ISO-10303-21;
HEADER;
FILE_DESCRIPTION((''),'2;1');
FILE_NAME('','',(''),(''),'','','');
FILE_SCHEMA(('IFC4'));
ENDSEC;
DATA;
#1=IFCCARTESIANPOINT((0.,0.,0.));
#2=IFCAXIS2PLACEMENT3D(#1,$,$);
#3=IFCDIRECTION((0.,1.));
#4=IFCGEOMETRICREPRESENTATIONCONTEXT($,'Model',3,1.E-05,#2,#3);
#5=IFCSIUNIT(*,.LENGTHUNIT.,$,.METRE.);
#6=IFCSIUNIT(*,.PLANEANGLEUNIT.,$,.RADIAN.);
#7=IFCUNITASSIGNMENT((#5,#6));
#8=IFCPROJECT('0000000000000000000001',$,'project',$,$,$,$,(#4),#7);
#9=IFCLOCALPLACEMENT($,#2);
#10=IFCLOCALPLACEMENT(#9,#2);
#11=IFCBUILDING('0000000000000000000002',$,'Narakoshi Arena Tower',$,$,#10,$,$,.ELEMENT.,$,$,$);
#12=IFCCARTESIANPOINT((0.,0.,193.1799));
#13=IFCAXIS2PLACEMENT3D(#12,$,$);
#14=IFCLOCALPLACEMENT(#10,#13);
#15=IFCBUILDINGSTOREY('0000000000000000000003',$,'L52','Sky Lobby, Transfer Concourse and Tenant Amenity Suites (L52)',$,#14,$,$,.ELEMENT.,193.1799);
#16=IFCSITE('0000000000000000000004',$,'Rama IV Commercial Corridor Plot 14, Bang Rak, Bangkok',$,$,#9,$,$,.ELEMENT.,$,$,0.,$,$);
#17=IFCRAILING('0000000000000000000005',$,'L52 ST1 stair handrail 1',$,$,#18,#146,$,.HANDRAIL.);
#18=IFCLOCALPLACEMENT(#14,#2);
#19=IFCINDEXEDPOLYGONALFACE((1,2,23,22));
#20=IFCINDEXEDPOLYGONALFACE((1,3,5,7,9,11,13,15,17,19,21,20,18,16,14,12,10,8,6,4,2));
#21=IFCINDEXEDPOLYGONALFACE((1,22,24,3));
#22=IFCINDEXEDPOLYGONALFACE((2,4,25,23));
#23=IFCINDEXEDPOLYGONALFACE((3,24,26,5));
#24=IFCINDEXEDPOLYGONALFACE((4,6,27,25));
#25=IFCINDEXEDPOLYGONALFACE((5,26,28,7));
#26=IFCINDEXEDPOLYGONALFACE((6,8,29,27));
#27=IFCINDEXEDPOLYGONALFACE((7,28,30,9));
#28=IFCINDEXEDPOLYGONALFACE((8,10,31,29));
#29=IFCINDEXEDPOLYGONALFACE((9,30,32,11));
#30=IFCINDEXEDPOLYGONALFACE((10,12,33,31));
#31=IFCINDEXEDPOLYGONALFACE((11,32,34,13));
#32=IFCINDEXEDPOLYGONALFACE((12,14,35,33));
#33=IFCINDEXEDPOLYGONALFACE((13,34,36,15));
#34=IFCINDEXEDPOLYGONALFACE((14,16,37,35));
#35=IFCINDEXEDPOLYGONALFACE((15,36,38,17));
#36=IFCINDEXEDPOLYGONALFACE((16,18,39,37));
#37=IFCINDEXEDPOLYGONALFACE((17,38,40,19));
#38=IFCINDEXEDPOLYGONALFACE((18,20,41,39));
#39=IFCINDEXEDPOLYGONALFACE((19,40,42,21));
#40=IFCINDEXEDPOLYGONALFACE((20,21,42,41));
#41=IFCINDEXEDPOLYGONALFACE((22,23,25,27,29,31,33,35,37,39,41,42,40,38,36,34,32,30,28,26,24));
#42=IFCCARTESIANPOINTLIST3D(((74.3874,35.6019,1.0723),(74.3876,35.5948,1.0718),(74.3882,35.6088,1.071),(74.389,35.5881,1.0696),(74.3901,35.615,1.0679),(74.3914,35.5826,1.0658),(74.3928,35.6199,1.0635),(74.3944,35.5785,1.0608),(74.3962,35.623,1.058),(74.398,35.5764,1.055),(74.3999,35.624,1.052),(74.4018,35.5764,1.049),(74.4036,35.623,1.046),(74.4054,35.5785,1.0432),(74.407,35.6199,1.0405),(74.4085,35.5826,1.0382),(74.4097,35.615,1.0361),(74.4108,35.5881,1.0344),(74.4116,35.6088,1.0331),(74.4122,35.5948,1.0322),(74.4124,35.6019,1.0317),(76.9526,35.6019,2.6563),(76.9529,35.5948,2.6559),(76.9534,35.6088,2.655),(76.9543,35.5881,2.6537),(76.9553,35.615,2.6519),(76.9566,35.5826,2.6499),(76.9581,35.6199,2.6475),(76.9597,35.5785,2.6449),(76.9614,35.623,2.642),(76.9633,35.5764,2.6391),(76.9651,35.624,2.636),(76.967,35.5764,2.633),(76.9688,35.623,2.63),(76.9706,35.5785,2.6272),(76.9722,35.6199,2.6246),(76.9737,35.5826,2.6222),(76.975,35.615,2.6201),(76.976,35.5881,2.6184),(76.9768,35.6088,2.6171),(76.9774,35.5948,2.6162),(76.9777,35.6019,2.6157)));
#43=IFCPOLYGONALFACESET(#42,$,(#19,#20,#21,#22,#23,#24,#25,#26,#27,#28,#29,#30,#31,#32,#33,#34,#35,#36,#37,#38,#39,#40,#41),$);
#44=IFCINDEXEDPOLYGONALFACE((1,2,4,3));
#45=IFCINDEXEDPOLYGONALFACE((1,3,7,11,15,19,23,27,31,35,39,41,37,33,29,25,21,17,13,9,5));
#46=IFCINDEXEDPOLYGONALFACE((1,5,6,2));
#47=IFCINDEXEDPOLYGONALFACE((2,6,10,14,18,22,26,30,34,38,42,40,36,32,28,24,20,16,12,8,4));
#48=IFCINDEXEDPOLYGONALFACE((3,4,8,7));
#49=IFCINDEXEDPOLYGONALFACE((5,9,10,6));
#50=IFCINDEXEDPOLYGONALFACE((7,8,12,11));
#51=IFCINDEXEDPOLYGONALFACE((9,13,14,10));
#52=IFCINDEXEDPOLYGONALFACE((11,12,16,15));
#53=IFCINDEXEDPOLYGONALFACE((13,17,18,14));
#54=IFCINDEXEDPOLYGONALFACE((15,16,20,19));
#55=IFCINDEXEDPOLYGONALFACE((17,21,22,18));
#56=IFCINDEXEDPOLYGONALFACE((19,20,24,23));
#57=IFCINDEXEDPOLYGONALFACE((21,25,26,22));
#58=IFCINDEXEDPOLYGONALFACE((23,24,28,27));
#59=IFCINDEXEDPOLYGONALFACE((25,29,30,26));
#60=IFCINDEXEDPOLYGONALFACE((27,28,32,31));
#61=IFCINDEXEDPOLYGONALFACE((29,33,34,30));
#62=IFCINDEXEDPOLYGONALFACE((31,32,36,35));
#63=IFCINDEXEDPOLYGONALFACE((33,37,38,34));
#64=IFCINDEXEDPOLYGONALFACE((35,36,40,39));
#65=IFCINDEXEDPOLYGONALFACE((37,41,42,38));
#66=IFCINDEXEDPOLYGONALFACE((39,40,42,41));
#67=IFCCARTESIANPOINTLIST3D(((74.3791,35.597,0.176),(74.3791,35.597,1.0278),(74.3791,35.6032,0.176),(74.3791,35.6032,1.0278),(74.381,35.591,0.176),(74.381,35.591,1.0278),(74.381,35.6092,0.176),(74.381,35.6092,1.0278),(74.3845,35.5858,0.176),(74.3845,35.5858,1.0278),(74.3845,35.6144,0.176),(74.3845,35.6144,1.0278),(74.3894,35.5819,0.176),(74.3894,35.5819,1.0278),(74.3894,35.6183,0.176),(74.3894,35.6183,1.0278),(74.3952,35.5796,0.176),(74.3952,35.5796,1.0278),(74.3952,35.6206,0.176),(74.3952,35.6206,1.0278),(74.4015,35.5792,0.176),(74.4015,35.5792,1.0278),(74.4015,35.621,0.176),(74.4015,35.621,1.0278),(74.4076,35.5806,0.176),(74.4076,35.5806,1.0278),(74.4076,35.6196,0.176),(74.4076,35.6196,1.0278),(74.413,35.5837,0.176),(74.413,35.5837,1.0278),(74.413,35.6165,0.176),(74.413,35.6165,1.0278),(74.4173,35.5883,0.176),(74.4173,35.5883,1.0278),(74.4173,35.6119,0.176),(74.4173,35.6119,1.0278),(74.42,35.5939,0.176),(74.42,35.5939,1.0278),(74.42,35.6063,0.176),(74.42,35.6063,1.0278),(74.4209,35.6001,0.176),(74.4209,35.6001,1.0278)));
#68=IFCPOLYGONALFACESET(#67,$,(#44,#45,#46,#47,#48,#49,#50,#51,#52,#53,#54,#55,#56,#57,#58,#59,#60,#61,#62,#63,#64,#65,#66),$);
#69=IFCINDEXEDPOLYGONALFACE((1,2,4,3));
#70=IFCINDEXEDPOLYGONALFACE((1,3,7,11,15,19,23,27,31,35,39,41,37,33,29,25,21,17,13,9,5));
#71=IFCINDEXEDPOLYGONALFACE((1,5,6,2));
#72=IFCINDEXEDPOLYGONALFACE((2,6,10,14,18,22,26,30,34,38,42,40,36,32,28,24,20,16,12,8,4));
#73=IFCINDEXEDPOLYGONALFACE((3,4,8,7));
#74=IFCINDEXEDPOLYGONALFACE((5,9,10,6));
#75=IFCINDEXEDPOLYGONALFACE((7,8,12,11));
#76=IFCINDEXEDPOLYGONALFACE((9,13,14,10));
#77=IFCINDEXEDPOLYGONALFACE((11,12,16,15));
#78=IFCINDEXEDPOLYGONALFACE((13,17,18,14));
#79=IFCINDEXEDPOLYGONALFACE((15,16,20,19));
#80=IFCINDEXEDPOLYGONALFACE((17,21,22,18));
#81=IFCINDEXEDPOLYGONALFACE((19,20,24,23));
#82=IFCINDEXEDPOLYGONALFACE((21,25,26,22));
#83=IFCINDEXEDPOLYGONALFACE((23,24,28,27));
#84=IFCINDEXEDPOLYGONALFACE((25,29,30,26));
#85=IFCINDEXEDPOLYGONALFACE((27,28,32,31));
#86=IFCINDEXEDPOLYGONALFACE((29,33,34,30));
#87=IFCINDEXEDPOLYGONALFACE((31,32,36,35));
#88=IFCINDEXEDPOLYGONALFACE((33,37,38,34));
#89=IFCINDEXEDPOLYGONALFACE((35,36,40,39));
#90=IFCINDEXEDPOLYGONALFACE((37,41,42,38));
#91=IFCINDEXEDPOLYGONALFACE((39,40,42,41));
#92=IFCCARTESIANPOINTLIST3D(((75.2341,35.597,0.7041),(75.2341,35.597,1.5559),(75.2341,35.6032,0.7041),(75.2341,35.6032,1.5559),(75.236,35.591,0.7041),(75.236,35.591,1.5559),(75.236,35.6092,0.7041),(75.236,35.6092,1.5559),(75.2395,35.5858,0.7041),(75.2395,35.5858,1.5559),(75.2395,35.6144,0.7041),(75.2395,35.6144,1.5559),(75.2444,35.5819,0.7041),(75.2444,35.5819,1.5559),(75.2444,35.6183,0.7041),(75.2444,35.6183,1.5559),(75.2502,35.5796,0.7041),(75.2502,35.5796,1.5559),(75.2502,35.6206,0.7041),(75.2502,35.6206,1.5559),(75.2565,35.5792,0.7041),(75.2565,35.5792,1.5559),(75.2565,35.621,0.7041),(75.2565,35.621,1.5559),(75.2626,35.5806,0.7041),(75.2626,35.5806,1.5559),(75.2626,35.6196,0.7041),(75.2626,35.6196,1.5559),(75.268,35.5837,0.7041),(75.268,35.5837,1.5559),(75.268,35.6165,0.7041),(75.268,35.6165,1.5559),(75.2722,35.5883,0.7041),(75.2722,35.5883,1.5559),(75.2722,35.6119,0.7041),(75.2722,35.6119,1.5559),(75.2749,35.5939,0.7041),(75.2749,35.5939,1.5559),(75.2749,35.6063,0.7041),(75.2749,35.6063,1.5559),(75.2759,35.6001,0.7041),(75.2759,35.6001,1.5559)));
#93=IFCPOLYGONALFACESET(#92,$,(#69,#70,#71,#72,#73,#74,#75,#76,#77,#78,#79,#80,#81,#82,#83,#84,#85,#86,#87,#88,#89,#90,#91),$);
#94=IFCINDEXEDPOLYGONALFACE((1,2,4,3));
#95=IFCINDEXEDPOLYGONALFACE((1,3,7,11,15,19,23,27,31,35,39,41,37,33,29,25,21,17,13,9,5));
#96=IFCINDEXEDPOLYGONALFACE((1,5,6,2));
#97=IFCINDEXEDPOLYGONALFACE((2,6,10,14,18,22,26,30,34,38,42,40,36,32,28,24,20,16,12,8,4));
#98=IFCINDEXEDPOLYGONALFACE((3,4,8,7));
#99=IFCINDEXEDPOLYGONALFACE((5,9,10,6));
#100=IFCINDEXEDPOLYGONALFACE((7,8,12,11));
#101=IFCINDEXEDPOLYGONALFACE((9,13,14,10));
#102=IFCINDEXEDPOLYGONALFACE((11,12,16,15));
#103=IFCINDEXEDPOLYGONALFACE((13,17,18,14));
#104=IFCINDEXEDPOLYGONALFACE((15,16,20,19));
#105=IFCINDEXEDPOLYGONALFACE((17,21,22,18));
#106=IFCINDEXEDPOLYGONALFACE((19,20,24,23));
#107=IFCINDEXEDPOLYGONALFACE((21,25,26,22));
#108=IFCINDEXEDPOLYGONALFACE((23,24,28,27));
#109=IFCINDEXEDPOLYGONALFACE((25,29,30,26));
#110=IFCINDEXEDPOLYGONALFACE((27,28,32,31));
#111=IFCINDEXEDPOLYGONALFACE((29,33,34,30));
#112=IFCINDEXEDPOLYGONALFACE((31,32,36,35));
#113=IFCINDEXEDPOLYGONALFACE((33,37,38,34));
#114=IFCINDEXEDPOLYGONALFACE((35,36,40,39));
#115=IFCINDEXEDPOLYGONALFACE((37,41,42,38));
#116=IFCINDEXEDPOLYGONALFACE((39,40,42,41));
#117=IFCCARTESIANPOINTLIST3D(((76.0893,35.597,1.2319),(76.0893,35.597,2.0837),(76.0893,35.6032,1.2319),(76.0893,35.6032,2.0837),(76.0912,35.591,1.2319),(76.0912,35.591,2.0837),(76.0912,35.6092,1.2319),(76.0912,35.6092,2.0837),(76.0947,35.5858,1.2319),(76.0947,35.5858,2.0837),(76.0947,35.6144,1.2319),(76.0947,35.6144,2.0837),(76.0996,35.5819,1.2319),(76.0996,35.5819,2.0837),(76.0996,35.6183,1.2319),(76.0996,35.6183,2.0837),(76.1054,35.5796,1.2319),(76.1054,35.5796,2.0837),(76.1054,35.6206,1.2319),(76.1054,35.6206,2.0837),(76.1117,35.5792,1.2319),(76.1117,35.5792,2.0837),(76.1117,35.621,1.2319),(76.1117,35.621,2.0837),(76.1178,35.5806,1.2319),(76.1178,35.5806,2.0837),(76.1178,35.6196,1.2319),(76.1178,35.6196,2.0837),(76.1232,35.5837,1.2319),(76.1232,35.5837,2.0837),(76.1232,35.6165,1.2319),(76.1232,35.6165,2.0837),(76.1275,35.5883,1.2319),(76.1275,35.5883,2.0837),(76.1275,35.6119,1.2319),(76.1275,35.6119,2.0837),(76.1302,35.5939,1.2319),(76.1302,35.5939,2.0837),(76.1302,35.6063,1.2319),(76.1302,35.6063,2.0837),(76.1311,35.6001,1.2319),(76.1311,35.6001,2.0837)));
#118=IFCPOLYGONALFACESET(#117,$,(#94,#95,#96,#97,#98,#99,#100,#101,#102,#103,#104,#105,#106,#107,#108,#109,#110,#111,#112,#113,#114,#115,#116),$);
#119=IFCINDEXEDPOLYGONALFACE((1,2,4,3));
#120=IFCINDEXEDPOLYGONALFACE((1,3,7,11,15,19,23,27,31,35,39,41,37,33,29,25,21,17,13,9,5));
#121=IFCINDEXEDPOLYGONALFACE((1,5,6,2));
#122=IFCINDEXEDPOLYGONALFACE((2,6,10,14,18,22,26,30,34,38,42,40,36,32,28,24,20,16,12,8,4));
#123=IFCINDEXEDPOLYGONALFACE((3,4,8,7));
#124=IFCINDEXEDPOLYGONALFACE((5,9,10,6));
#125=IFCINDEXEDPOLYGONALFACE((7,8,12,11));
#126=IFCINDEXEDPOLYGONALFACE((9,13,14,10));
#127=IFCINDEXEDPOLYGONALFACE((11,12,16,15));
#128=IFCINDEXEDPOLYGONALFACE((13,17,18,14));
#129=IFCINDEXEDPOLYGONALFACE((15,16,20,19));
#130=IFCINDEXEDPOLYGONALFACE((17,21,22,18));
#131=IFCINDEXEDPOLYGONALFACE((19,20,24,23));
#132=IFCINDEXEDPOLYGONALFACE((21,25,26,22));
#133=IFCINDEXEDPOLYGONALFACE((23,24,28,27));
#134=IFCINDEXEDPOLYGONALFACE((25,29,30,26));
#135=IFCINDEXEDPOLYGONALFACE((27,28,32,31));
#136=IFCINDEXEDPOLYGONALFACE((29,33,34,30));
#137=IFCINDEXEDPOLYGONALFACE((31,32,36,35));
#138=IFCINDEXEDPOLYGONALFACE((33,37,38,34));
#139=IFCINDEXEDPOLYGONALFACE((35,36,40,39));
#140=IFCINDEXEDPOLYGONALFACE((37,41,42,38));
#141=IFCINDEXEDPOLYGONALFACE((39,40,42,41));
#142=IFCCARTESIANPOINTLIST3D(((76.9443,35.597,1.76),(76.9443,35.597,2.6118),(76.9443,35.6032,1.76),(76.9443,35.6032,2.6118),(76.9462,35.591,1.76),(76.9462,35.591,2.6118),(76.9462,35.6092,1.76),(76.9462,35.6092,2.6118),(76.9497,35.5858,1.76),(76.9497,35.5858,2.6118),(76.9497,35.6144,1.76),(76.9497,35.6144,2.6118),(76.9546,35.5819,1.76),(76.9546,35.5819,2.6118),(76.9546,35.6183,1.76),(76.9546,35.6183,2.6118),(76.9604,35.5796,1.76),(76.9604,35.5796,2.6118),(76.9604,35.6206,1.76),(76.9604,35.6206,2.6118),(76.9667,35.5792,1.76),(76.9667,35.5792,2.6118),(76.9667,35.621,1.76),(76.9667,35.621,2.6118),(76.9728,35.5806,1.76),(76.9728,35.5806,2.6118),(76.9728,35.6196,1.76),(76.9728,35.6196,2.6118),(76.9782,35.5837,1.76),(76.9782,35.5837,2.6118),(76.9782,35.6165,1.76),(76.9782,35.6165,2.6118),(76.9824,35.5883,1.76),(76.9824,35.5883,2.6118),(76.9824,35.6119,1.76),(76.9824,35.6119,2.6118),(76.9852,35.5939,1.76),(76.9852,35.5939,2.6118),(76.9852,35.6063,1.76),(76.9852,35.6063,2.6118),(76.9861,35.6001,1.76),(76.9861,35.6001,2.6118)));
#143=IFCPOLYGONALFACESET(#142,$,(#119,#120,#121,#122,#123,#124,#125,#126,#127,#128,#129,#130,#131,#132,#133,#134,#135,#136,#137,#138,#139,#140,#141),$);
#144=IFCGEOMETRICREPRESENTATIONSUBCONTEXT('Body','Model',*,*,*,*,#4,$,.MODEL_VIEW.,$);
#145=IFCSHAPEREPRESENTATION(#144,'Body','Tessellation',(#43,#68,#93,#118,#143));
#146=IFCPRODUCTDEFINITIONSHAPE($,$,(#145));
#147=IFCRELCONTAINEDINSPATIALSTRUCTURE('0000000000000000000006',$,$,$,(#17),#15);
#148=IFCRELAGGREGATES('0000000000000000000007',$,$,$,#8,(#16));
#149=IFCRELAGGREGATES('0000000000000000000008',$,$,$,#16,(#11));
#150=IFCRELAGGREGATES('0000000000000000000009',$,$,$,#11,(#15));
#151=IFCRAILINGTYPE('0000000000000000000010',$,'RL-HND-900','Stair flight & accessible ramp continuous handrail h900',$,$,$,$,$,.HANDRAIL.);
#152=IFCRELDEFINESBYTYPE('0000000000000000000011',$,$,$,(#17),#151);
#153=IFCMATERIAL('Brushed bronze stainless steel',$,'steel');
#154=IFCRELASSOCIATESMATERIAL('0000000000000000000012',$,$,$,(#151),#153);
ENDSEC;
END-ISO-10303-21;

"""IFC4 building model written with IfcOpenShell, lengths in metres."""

from ifc_helpers import new_model, si_unit, direction, frame, origin, origin_2d, place, context, subcontext, project, spatial, circle, extrude, material, type_object, element, save


model = new_model("IFC4")

# Units and contexts
model_context = context("Model", 3, precision=1e-05, world=origin(), true_north=direction((0.0, 1.0)))
body_context = subcontext(model_context, "Body", "Model", "MODEL_VIEW")
ifc_project = project(units=[si_unit("LENGTHUNIT", "METRE"), si_unit("PLANEANGLEUNIT", "RADIAN")], contexts=[model_context])

# Site, building, storey
site_placement = place(None, origin())
site = spatial("IfcSite", under=ifc_project, at=site_placement, Name="Rama IV Commercial Corridor Plot 14, Bang Rak, Bangkok", CompositionType="ELEMENT", RefElevation=0.0)
building_placement = place(site_placement, origin())
building = spatial("IfcBuilding", under=site, at=building_placement, Name="Narakoshi Arena Tower", CompositionType="ELEMENT")
storey_placement = place(building_placement, frame((0.0, 0.0, 193.1799)))
storey = spatial("IfcBuildingStorey", under=building, at=storey_placement, Name="L52", Description="Sky Lobby, Transfer Concourse and Tenant Amenity Suites (L52)", CompositionType="ELEMENT", Elevation=193.1799)

# Railing
ifc_material_1 = material(Name="Brushed bronze stainless steel", Category="steel")
railing_type_1 = type_object("IfcRailingType", Name="RL-HND-900", Description="Stair flight & accessible ramp continuous handrail h900", PredefinedType="HANDRAIL", material=ifc_material_1)
railing_1_placement = place(storey_placement, frame((74.3999, 35.6001, 0.176)))
element("IfcRailing", 1, at=railing_1_placement, inside=storey, type_object=railing_type_1, Name="L52 ST1 stair handrail 1", PredefinedType="HANDRAIL", context=body_context, shape_type="SweptSolid", body=[
    extrude(circle(Radius=0.0239, at=origin_2d()), frame((0.0, 0.0, 0.876), z_axis=(0.850857, 0.0, 0.525398), x_axis=(0.0, 1.0, 0.0)), (0.0, 0.0, 1.0), 3.0149),
    extrude(circle(Radius=0.021, at=origin_2d()), origin(), (0.0, 0.0, 1.0), 0.8518),
    extrude(circle(Radius=0.021, at=origin_2d()), frame((0.855, 0.0, 0.5281)), (0.0, 0.0, 1.0), 0.8518),
    extrude(circle(Radius=0.021, at=origin_2d()), frame((1.7102, 0.0, 1.0559)), (0.0, 0.0, 1.0), 0.8518),
    extrude(circle(Radius=0.021, at=origin_2d()), frame((2.5652, 0.0, 1.584)), (0.0, 0.0, 1.0), 0.8518),
])

save(model, "model.ifc")
